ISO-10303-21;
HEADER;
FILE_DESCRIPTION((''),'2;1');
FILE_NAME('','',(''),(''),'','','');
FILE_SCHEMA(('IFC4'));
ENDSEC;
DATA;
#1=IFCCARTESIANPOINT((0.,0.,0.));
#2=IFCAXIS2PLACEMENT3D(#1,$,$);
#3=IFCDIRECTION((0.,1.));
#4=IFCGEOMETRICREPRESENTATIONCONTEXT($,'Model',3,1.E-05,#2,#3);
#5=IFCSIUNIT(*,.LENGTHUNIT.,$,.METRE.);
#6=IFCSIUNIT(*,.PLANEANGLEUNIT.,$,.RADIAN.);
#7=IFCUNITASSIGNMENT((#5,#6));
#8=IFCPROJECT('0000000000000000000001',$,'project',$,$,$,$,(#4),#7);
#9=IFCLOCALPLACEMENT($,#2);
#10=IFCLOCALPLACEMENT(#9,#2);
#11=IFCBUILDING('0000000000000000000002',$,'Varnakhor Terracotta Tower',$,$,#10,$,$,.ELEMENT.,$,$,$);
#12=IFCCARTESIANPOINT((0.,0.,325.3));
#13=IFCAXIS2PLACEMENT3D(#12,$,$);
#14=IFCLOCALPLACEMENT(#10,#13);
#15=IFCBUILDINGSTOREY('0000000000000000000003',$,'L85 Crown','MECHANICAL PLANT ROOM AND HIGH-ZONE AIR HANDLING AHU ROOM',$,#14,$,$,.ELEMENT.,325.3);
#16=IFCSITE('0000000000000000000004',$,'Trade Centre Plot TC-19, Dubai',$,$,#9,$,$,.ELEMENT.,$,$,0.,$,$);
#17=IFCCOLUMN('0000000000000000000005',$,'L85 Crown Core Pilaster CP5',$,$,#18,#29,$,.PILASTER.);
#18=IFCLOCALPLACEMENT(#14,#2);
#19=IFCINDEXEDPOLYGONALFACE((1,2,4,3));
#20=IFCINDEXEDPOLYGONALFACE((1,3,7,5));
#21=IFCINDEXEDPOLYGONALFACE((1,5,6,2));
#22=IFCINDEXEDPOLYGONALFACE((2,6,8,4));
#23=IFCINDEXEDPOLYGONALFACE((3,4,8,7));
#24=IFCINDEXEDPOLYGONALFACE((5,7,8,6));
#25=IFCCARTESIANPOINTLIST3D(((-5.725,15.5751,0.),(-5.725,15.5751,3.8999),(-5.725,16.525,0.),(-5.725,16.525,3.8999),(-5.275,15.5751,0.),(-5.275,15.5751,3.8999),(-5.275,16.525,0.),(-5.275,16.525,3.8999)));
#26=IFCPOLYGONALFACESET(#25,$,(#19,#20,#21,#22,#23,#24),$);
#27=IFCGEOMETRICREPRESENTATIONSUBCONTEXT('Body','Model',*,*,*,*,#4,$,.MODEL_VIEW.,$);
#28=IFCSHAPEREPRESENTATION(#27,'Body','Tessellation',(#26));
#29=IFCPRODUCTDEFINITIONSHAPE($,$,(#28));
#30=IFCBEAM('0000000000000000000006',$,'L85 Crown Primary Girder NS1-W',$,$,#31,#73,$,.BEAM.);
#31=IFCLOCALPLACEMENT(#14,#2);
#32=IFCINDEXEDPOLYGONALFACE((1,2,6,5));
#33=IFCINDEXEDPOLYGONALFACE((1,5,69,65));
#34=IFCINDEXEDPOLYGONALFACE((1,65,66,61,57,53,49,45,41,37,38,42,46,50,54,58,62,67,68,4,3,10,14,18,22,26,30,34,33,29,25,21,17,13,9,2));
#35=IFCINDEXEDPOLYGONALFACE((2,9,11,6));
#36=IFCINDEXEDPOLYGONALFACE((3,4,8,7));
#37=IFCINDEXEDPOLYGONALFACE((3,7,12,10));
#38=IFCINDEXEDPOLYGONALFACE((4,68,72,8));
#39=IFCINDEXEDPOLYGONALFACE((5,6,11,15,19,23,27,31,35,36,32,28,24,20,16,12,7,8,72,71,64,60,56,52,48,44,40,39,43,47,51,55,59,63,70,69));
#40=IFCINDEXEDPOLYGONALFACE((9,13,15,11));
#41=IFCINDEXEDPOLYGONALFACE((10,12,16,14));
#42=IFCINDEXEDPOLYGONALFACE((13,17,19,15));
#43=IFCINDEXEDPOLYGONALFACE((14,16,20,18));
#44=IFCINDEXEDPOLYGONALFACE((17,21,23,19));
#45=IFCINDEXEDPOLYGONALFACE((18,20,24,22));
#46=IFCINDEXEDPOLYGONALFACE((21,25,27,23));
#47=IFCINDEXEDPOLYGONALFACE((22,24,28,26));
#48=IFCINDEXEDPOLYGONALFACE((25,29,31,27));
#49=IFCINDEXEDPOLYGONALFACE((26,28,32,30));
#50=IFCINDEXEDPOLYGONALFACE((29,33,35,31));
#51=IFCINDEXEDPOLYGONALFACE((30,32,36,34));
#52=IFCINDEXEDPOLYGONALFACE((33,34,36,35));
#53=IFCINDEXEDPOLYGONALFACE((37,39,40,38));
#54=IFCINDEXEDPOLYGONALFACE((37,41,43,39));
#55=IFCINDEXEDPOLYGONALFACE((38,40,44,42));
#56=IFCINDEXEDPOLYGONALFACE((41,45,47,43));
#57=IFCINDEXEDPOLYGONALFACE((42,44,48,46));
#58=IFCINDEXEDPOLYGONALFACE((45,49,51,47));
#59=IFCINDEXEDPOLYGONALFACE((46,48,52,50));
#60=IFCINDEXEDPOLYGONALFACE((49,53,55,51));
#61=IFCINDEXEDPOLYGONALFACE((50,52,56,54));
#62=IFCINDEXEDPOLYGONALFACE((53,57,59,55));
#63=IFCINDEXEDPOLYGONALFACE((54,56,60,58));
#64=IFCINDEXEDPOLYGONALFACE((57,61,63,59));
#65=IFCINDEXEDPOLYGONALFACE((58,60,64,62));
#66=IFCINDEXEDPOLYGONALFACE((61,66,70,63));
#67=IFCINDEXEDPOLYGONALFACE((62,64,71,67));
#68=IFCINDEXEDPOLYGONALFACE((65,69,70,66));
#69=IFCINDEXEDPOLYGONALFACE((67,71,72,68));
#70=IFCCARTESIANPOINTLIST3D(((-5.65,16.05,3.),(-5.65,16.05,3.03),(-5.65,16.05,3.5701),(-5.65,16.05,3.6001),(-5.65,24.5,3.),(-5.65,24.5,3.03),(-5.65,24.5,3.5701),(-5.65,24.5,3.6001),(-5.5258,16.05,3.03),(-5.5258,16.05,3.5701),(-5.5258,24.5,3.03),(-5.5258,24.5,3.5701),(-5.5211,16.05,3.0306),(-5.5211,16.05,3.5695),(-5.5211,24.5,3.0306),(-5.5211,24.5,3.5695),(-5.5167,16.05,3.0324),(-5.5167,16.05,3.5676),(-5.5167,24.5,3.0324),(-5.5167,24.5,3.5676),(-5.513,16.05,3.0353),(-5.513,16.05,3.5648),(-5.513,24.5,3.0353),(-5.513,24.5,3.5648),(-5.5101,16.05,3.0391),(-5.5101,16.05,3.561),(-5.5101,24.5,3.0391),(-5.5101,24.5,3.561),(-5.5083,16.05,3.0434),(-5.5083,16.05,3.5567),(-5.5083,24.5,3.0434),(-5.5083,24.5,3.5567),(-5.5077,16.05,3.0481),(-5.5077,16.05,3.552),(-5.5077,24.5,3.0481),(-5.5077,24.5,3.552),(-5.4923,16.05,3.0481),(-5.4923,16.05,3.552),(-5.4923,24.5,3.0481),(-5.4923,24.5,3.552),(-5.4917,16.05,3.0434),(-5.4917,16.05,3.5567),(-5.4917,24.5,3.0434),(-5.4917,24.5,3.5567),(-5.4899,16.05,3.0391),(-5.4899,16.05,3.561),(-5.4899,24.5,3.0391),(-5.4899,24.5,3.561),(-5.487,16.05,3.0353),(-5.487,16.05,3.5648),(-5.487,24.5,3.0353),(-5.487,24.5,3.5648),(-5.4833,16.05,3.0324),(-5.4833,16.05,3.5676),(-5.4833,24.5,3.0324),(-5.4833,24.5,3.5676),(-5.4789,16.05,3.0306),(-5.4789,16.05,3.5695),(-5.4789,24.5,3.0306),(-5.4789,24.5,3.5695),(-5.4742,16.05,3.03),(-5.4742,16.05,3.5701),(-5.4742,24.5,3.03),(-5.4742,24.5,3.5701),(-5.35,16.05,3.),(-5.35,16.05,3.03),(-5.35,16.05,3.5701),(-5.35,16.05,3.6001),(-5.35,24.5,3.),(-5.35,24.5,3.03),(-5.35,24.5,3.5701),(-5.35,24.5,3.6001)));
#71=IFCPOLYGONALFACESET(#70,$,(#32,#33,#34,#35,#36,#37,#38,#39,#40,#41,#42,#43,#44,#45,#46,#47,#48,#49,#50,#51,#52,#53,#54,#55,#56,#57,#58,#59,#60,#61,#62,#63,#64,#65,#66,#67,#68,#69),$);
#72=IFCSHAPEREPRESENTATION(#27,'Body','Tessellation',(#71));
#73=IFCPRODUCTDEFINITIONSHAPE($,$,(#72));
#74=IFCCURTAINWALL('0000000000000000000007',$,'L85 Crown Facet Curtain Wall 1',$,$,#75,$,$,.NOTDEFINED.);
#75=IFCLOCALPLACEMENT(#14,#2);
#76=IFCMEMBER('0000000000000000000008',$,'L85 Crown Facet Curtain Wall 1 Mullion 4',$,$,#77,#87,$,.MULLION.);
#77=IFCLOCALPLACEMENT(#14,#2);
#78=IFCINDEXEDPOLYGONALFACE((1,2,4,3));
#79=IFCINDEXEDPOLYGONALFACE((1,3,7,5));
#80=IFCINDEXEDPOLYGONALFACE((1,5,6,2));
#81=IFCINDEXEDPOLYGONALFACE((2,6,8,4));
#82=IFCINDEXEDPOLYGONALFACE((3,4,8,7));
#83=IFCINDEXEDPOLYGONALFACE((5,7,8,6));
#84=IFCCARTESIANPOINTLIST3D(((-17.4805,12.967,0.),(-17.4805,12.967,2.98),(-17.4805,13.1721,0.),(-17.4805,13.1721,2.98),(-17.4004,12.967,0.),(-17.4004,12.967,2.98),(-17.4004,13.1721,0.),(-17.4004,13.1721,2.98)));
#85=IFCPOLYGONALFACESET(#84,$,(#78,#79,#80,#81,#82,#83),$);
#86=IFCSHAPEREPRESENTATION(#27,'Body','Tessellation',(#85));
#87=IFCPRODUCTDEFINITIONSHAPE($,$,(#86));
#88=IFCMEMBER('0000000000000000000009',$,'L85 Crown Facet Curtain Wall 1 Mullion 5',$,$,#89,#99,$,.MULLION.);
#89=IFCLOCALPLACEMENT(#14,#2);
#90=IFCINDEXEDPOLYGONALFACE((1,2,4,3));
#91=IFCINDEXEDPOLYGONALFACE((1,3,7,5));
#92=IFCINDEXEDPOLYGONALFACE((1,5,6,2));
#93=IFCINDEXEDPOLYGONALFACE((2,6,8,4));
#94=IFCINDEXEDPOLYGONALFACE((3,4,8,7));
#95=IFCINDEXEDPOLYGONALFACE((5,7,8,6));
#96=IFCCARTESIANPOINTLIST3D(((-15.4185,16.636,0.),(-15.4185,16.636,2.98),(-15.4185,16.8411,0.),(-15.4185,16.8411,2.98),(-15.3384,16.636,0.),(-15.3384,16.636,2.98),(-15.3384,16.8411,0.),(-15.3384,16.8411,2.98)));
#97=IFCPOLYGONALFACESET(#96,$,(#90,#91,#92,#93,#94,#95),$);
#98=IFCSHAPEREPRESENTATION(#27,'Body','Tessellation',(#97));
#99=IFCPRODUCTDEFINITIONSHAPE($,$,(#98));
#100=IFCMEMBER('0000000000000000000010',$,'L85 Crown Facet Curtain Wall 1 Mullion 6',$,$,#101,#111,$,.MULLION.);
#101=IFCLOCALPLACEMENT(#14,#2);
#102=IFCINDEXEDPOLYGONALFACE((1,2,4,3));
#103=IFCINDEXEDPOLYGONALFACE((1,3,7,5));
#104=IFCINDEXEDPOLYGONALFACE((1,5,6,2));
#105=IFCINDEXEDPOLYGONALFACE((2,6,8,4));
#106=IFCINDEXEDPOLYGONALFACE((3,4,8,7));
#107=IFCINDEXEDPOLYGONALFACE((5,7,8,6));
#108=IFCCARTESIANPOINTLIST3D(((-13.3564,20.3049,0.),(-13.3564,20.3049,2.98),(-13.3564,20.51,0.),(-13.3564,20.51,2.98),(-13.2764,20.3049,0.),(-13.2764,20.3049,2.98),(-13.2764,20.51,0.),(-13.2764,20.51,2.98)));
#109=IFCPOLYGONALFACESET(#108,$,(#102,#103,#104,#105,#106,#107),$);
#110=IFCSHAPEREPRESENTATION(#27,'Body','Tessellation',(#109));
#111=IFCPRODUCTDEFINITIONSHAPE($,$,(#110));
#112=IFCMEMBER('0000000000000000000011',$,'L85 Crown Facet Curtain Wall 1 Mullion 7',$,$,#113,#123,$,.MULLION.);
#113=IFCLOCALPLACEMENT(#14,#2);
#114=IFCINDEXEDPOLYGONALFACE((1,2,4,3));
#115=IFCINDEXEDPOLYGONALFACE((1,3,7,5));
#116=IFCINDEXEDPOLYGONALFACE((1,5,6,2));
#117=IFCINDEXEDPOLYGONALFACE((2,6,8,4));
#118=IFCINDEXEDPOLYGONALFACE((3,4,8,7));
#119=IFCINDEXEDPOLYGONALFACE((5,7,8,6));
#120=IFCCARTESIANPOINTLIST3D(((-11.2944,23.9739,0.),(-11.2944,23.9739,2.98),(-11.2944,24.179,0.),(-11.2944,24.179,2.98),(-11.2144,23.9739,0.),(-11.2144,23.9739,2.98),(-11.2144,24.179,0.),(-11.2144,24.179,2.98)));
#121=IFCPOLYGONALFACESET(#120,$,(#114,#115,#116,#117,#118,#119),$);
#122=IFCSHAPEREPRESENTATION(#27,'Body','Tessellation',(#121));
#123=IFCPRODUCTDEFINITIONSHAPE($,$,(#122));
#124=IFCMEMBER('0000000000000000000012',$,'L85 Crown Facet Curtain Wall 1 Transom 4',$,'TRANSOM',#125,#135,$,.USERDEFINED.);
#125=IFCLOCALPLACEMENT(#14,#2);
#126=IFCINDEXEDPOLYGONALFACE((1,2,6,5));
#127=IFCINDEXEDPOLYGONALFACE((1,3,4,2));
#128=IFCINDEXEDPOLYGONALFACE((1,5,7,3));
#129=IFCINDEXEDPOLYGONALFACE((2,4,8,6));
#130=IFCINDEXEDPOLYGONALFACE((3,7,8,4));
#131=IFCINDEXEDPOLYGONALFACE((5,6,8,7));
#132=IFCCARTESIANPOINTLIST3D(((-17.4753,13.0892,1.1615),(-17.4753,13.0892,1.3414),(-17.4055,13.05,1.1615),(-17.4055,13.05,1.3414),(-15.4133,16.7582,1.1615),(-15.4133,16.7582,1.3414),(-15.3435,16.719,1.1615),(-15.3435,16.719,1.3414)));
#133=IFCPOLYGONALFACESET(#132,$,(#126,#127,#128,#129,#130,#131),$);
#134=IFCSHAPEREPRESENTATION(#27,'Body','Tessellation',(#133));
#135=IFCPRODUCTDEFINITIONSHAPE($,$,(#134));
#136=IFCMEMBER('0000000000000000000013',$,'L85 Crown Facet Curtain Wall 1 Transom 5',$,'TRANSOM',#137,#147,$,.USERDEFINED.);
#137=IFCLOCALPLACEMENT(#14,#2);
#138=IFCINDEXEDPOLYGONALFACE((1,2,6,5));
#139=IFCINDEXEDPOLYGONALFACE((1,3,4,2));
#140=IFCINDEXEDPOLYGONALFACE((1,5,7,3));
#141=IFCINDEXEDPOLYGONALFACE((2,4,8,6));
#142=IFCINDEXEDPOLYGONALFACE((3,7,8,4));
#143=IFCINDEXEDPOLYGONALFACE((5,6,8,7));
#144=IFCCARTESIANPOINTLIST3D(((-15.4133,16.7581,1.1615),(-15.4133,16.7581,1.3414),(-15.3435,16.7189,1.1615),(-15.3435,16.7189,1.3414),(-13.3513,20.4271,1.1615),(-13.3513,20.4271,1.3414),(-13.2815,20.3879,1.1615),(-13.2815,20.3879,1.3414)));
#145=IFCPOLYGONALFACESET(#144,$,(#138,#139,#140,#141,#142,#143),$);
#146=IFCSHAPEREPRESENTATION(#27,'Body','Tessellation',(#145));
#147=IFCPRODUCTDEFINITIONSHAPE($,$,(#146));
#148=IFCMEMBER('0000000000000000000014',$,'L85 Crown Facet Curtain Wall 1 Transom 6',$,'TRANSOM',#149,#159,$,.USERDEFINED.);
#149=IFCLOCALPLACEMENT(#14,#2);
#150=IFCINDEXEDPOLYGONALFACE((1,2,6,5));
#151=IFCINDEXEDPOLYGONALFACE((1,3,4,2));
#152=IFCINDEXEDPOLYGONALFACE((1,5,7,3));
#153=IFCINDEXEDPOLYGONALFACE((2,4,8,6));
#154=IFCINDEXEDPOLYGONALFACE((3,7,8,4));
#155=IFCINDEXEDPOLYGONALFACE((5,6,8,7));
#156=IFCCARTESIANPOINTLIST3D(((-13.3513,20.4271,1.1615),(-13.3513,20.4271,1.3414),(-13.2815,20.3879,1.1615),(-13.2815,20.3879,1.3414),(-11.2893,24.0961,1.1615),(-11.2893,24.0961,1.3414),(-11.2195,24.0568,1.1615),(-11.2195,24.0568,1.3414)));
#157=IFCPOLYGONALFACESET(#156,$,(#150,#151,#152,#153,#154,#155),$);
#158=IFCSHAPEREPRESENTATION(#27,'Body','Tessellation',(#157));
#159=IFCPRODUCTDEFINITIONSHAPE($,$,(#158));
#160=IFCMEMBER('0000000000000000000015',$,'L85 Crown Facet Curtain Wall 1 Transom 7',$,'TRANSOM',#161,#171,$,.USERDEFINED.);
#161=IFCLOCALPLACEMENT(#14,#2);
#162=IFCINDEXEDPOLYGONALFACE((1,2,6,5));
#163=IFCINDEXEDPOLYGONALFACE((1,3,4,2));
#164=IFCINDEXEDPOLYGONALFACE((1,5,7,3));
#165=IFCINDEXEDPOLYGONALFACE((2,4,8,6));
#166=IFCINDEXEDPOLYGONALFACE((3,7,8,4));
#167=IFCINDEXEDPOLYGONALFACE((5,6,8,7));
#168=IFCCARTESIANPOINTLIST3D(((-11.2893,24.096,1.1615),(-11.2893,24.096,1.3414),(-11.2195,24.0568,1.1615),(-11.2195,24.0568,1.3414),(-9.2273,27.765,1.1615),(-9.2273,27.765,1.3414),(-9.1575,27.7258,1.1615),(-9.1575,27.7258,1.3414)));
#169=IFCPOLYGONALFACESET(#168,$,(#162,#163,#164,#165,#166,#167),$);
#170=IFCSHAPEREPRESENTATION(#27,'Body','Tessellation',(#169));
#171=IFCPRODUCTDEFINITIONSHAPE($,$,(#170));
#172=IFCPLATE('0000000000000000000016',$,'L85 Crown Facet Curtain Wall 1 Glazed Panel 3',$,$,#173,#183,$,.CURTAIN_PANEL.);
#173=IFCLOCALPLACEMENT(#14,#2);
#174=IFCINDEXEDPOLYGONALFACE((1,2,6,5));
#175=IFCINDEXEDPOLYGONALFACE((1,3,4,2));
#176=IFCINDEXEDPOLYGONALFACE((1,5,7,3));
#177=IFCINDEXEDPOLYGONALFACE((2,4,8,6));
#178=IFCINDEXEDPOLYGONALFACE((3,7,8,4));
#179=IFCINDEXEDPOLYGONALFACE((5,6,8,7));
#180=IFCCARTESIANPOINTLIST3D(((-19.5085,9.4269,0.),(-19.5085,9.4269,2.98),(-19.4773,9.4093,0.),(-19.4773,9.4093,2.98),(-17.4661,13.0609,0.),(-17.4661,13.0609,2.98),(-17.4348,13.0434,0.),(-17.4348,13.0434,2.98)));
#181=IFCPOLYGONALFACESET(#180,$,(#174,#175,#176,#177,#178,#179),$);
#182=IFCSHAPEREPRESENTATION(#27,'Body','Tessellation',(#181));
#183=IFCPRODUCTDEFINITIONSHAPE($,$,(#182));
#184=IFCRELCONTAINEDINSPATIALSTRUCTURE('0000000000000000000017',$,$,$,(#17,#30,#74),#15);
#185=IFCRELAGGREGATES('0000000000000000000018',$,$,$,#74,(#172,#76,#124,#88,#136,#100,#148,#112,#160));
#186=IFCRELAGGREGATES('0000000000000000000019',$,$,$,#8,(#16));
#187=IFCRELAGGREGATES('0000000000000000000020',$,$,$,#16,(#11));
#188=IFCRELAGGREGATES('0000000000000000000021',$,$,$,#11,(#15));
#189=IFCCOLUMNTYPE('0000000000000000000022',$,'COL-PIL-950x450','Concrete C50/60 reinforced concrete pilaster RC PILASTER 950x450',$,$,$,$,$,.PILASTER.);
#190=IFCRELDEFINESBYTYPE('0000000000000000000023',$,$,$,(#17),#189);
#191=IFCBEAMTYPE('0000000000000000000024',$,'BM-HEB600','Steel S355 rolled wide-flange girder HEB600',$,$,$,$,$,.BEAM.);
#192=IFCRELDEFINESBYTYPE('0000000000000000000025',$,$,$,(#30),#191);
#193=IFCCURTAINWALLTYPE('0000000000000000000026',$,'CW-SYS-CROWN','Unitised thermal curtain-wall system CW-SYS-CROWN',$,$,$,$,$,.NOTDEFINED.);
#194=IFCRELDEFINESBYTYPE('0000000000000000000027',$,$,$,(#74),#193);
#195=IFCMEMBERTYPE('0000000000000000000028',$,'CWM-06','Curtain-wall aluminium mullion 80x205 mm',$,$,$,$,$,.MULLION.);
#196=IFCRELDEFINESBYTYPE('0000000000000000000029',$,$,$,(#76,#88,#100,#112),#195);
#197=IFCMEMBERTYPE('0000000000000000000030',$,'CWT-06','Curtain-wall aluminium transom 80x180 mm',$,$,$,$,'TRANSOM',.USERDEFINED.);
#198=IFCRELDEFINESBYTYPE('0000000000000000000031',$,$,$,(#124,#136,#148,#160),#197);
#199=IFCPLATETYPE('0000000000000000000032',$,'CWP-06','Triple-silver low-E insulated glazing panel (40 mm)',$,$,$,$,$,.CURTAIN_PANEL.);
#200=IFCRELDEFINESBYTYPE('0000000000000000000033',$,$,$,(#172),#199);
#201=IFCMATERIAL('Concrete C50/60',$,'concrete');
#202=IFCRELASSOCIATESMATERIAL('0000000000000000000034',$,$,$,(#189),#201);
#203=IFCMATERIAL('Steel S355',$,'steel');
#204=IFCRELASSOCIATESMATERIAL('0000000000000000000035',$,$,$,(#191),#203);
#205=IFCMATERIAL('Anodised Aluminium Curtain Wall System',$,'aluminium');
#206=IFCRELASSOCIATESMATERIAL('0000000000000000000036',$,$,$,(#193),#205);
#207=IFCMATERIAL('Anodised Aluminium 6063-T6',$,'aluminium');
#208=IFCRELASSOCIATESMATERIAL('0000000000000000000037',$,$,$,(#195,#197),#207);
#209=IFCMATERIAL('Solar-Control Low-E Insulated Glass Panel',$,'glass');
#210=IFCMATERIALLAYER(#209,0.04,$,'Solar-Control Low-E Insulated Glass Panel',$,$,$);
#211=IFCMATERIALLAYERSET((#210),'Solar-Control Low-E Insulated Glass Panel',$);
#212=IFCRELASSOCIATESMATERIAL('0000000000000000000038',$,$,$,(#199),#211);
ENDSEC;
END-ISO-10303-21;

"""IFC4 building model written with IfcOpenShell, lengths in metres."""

from ifc_helpers import new_model, si_unit, direction, frame, origin, origin_2d, place, context, subcontext, project, spatial, rectangle, i_section, extrude, source, transform, mapped, material, layer, layer_set, material_profile, profile_set, type_object, type_shapes, element, aggregate, save


model = new_model("IFC4")

# Units and contexts
model_context = context("Model", 3, precision=1e-05, world=origin(), true_north=direction((0.0, 1.0)))
body_context = subcontext(model_context, "Body", "Model", "MODEL_VIEW")
ifc_project = project(units=[si_unit("LENGTHUNIT", "METRE"), si_unit("PLANEANGLEUNIT", "RADIAN")], contexts=[model_context])

# Site, building, storey
site_placement = place(None, origin())
site = spatial("IfcSite", under=ifc_project, at=site_placement, Name="Trade Centre Plot TC-19, Dubai", CompositionType="ELEMENT", RefElevation=0.0)
building_placement = place(site_placement, origin())
building = spatial("IfcBuilding", under=site, at=building_placement, Name="Varnakhor Terracotta Tower", CompositionType="ELEMENT")
storey_placement = place(building_placement, frame((0.0, 0.0, 325.3)))
storey = spatial("IfcBuildingStorey", under=building, at=storey_placement, Name="L85 Crown", Description="MECHANICAL PLANT ROOM AND HIGH-ZONE AIR HANDLING AHU ROOM", CompositionType="ELEMENT", Elevation=325.3)

# Column
ifc_material_1 = material(Name="Concrete C50/60", Category="concrete")
ifc_material_profile_1 = material_profile(ifc_material_1, rectangle(XDim=0.45, YDim=0.95, at=origin_2d()), Name="RC PILASTER 950x450")
ifc_profile_set_1 = profile_set([ifc_material_profile_1], Name="Concrete C50/60")
column_type = type_object("IfcColumnType", Name="COL-PIL-950x450", Description="Concrete C50/60 reinforced concrete pilaster RC PILASTER 950x450", PredefinedType="PILASTER", material=ifc_profile_set_1)
shared_shape_1 = source(origin(), body_context, "Body", "SweptSolid", [
    extrude(rectangle(XDim=0.45, YDim=0.95, at=origin_2d()), origin(), (0.0, 0.0, 1.0), 3.8999),
])
column_placement = place(storey_placement, frame((-5.5, 16.05, 0.0), z_axis=(0.0, 0.0, 1.0), x_axis=(1.0, 0.0, 0.0)))
element("IfcColumn", 1, at=column_placement, inside=storey, type_object=column_type, Name="L85 Crown Core Pilaster CP5", PredefinedType="PILASTER", context=body_context, shape_type="MappedRepresentation", body=[
    mapped(shared_shape_1, transform((0.0, 0.0, 0.0), scale=1.0)),
])

# Beam
ifc_material_2 = material(Name="Steel S355", Category="steel")
ifc_material_profile_2 = material_profile(ifc_material_2, i_section(OverallWidth=0.3, OverallDepth=0.6001, WebThickness=0.0154, FlangeThickness=0.03, FilletRadius=0.0181, at=origin_2d()), Name="HEB600")
ifc_profile_set_2 = profile_set([ifc_material_profile_2], Name="Steel S355")
beam_type = type_object("IfcBeamType", Name="BM-HEB600", Description="Steel S355 rolled wide-flange girder HEB600", PredefinedType="BEAM", material=ifc_profile_set_2)
shared_shape_2 = source(origin(), body_context, "Body", "SweptSolid", [
    extrude(i_section(OverallWidth=0.3, OverallDepth=0.6001, WebThickness=0.0154, FlangeThickness=0.03, FilletRadius=0.0181, at=origin_2d()), origin(), (0.0, 0.0, 1.0), 8.45),
])
beam_placement = place(storey_placement, frame((-5.5, 16.05, 3.3), z_axis=(0.0, 1.0, 0.0), x_axis=(-1.0, 0.0, 0.0)))
element("IfcBeam", 2, at=beam_placement, inside=storey, type_object=beam_type, Name="L85 Crown Primary Girder NS1-W", PredefinedType="BEAM", context=body_context, shape_type="MappedRepresentation", body=[
    mapped(shared_shape_2, transform((0.0, 0.0, 0.0), scale=1.0)),
])

# Curtain wall, members, plate
ifc_material_3 = material(Name="Anodised Aluminium Curtain Wall System", Category="aluminium")
curtain_wall_type = type_object("IfcCurtainWallType", Name="CW-SYS-CROWN", Description="Unitised thermal curtain-wall system CW-SYS-CROWN", PredefinedType="NOTDEFINED", material=ifc_material_3)
curtain_wall_placement = place(storey_placement, origin())
curtain_wall = element("IfcCurtainWall", 3, at=curtain_wall_placement, inside=storey, type_object=curtain_wall_type, Name="L85 Crown Facet Curtain Wall 1", PredefinedType="NOTDEFINED")
ifc_material_4 = material(Name="Anodised Aluminium 6063-T6", Category="aluminium")
ifc_material_profile_3 = material_profile(ifc_material_4, rectangle(XDim=0.0801, YDim=0.2051, at=origin_2d()), Name="ALU MULLION 80x205")
ifc_profile_set_3 = profile_set([ifc_material_profile_3], Name="Anodised Aluminium 6063-T6")
member_type_1 = type_object("IfcMemberType", Name="CWM-06", Description="Curtain-wall aluminium mullion 80x205 mm", PredefinedType="MULLION", material=ifc_profile_set_3)
shared_shape_3 = source(origin(), body_context, "Body", "SweptSolid", [
    extrude(rectangle(XDim=0.0801, YDim=0.2051, at=origin_2d()), origin(), (0.0, 0.0, 1.0), 2.98),
])
type_shapes(member_type_1, [shared_shape_3])
member_1_placement = place(storey_placement, frame((-17.4404, 13.0696, 0.0), z_axis=(0.0, 0.0, 1.0), x_axis=(1.0, 0.0, 0.0)))
member_1 = element("IfcMember", 4, at=member_1_placement, type_object=member_type_1, Name="L85 Crown Facet Curtain Wall 1 Mullion 4", PredefinedType="MULLION", context=body_context, shape_type="MappedRepresentation", body=[
    mapped(shared_shape_3, transform((0.0, 0.0, 0.0), scale=1.0)),
])
member_2_placement = place(storey_placement, frame((-15.3784, 16.7385, 0.0), z_axis=(0.0, 0.0, 1.0), x_axis=(1.0, 0.0, 0.0)))
member_2 = element("IfcMember", 5, at=member_2_placement, type_object=member_type_1, Name="L85 Crown Facet Curtain Wall 1 Mullion 5", PredefinedType="MULLION", context=body_context, shape_type="MappedRepresentation", body=[
    mapped(shared_shape_3, transform((0.0, 0.0, 0.0), scale=1.0)),
])
member_3_placement = place(storey_placement, frame((-13.3164, 20.4075, 0.0), z_axis=(0.0, 0.0, 1.0), x_axis=(1.0, 0.0, 0.0)))
member_3 = element("IfcMember", 6, at=member_3_placement, type_object=member_type_1, Name="L85 Crown Facet Curtain Wall 1 Mullion 6", PredefinedType="MULLION", context=body_context, shape_type="MappedRepresentation", body=[
    mapped(shared_shape_3, transform((0.0, 0.0, 0.0), scale=1.0)),
])
member_4_placement = place(storey_placement, frame((-11.2544, 24.0764, 0.0), z_axis=(0.0, 0.0, 1.0), x_axis=(1.0, 0.0, 0.0)))
member_4 = element("IfcMember", 7, at=member_4_placement, type_object=member_type_1, Name="L85 Crown Facet Curtain Wall 1 Mullion 7", PredefinedType="MULLION", context=body_context, shape_type="MappedRepresentation", body=[
    mapped(shared_shape_3, transform((0.0, 0.0, 0.0), scale=1.0)),
])
ifc_material_profile_4 = material_profile(ifc_material_4, rectangle(XDim=0.0801, YDim=0.1799, at=origin_2d()), Name="ALU TRANSOM 80x180")
ifc_profile_set_4 = profile_set([ifc_material_profile_4], Name="Anodised Aluminium 6063-T6")
member_type_2 = type_object("IfcMemberType", Name="CWT-06", Description="Curtain-wall aluminium transom 80x180 mm", ElementType="TRANSOM", PredefinedType="USERDEFINED", material=ifc_profile_set_4)
shared_shape_4 = source(origin(), body_context, "Body", "SweptSolid", [
    extrude(rectangle(XDim=0.0801, YDim=0.1799, at=origin_2d()), origin(), (0.0, 0.0, 1.0), 4.2087),
])
member_5_placement = place(storey_placement, frame((-17.4404, 13.0696, 1.2515), z_axis=(0.489942, 0.871755, 0.0), x_axis=(-0.871755, 0.489942, 0.0)))
member_5 = element("IfcMember", 8, at=member_5_placement, type_object=member_type_2, Name="L85 Crown Facet Curtain Wall 1 Transom 4", ObjectType="TRANSOM", PredefinedType="USERDEFINED", context=body_context, shape_type="MappedRepresentation", body=[
    mapped(shared_shape_4, transform((0.0, 0.0, 0.0), scale=1.0)),
])
member_6_placement = place(storey_placement, frame((-15.3784, 16.7385, 1.2515), z_axis=(0.489942, 0.871755, 0.0), x_axis=(-0.871755, 0.489942, 0.0)))
member_6 = element("IfcMember", 9, at=member_6_placement, type_object=member_type_2, Name="L85 Crown Facet Curtain Wall 1 Transom 5", ObjectType="TRANSOM", PredefinedType="USERDEFINED", context=body_context, shape_type="MappedRepresentation", body=[
    mapped(shared_shape_4, transform((0.0, 0.0, 0.0), scale=1.0)),
])
member_7_placement = place(storey_placement, frame((-13.3164, 20.4075, 1.2515), z_axis=(0.489942, 0.871755, 0.0), x_axis=(-0.871755, 0.489942, 0.0)))
member_7 = element("IfcMember", 10, at=member_7_placement, type_object=member_type_2, Name="L85 Crown Facet Curtain Wall 1 Transom 6", ObjectType="TRANSOM", PredefinedType="USERDEFINED", context=body_context, shape_type="MappedRepresentation", body=[
    mapped(shared_shape_4, transform((0.0, 0.0, 0.0), scale=1.0)),
])
member_8_placement = place(storey_placement, frame((-11.2544, 24.0764, 1.2515), z_axis=(0.489942, 0.871755, 0.0), x_axis=(-0.871755, 0.489942, 0.0)))
member_8 = element("IfcMember", 11, at=member_8_placement, type_object=member_type_2, Name="L85 Crown Facet Curtain Wall 1 Transom 7", ObjectType="TRANSOM", PredefinedType="USERDEFINED", context=body_context, shape_type="MappedRepresentation", body=[
    mapped(shared_shape_4, transform((0.0, 0.0, 0.0), scale=1.0)),
])
ifc_material_5 = material(Name="Solar-Control Low-E Insulated Glass Panel", Category="glass")
ifc_layer_1 = layer(ifc_material_5, 0.04, Name="Solar-Control Low-E Insulated Glass Panel")
ifc_layer_set_1 = layer_set([ifc_layer_1], Name="Solar-Control Low-E Insulated Glass Panel")
plate_type = type_object("IfcPlateType", Name="CWP-06", Description="Triple-silver low-E insulated glazing panel (40 mm)", PredefinedType="CURTAIN_PANEL", material=ifc_layer_set_1)
shared_shape_5 = source(origin(), body_context, "Body", "SweptSolid", [
    extrude(rectangle(XDim=4.1687, YDim=0.0359, at=origin_2d()), origin(), (0.0, 0.0, 1.0), 2.98),
])
plate_1_placement = place(storey_placement, frame((-18.4717, 11.2351, 0.0), z_axis=(0.0, 0.0, 1.0), x_axis=(0.489946, 0.871753, 0.0)))
plate_1 = element("IfcPlate", 12, at=plate_1_placement, type_object=plate_type, Name="L85 Crown Facet Curtain Wall 1 Glazed Panel 3", PredefinedType="CURTAIN_PANEL", context=body_context, shape_type="MappedRepresentation", body=[
    mapped(shared_shape_5, transform((0.0, 0.0, 0.0), scale=1.0)),
])
aggregate(curtain_wall, [plate_1, member_1, member_5, member_2, member_6, member_3, member_7, member_4, member_8])

save(model, "model.ifc")
